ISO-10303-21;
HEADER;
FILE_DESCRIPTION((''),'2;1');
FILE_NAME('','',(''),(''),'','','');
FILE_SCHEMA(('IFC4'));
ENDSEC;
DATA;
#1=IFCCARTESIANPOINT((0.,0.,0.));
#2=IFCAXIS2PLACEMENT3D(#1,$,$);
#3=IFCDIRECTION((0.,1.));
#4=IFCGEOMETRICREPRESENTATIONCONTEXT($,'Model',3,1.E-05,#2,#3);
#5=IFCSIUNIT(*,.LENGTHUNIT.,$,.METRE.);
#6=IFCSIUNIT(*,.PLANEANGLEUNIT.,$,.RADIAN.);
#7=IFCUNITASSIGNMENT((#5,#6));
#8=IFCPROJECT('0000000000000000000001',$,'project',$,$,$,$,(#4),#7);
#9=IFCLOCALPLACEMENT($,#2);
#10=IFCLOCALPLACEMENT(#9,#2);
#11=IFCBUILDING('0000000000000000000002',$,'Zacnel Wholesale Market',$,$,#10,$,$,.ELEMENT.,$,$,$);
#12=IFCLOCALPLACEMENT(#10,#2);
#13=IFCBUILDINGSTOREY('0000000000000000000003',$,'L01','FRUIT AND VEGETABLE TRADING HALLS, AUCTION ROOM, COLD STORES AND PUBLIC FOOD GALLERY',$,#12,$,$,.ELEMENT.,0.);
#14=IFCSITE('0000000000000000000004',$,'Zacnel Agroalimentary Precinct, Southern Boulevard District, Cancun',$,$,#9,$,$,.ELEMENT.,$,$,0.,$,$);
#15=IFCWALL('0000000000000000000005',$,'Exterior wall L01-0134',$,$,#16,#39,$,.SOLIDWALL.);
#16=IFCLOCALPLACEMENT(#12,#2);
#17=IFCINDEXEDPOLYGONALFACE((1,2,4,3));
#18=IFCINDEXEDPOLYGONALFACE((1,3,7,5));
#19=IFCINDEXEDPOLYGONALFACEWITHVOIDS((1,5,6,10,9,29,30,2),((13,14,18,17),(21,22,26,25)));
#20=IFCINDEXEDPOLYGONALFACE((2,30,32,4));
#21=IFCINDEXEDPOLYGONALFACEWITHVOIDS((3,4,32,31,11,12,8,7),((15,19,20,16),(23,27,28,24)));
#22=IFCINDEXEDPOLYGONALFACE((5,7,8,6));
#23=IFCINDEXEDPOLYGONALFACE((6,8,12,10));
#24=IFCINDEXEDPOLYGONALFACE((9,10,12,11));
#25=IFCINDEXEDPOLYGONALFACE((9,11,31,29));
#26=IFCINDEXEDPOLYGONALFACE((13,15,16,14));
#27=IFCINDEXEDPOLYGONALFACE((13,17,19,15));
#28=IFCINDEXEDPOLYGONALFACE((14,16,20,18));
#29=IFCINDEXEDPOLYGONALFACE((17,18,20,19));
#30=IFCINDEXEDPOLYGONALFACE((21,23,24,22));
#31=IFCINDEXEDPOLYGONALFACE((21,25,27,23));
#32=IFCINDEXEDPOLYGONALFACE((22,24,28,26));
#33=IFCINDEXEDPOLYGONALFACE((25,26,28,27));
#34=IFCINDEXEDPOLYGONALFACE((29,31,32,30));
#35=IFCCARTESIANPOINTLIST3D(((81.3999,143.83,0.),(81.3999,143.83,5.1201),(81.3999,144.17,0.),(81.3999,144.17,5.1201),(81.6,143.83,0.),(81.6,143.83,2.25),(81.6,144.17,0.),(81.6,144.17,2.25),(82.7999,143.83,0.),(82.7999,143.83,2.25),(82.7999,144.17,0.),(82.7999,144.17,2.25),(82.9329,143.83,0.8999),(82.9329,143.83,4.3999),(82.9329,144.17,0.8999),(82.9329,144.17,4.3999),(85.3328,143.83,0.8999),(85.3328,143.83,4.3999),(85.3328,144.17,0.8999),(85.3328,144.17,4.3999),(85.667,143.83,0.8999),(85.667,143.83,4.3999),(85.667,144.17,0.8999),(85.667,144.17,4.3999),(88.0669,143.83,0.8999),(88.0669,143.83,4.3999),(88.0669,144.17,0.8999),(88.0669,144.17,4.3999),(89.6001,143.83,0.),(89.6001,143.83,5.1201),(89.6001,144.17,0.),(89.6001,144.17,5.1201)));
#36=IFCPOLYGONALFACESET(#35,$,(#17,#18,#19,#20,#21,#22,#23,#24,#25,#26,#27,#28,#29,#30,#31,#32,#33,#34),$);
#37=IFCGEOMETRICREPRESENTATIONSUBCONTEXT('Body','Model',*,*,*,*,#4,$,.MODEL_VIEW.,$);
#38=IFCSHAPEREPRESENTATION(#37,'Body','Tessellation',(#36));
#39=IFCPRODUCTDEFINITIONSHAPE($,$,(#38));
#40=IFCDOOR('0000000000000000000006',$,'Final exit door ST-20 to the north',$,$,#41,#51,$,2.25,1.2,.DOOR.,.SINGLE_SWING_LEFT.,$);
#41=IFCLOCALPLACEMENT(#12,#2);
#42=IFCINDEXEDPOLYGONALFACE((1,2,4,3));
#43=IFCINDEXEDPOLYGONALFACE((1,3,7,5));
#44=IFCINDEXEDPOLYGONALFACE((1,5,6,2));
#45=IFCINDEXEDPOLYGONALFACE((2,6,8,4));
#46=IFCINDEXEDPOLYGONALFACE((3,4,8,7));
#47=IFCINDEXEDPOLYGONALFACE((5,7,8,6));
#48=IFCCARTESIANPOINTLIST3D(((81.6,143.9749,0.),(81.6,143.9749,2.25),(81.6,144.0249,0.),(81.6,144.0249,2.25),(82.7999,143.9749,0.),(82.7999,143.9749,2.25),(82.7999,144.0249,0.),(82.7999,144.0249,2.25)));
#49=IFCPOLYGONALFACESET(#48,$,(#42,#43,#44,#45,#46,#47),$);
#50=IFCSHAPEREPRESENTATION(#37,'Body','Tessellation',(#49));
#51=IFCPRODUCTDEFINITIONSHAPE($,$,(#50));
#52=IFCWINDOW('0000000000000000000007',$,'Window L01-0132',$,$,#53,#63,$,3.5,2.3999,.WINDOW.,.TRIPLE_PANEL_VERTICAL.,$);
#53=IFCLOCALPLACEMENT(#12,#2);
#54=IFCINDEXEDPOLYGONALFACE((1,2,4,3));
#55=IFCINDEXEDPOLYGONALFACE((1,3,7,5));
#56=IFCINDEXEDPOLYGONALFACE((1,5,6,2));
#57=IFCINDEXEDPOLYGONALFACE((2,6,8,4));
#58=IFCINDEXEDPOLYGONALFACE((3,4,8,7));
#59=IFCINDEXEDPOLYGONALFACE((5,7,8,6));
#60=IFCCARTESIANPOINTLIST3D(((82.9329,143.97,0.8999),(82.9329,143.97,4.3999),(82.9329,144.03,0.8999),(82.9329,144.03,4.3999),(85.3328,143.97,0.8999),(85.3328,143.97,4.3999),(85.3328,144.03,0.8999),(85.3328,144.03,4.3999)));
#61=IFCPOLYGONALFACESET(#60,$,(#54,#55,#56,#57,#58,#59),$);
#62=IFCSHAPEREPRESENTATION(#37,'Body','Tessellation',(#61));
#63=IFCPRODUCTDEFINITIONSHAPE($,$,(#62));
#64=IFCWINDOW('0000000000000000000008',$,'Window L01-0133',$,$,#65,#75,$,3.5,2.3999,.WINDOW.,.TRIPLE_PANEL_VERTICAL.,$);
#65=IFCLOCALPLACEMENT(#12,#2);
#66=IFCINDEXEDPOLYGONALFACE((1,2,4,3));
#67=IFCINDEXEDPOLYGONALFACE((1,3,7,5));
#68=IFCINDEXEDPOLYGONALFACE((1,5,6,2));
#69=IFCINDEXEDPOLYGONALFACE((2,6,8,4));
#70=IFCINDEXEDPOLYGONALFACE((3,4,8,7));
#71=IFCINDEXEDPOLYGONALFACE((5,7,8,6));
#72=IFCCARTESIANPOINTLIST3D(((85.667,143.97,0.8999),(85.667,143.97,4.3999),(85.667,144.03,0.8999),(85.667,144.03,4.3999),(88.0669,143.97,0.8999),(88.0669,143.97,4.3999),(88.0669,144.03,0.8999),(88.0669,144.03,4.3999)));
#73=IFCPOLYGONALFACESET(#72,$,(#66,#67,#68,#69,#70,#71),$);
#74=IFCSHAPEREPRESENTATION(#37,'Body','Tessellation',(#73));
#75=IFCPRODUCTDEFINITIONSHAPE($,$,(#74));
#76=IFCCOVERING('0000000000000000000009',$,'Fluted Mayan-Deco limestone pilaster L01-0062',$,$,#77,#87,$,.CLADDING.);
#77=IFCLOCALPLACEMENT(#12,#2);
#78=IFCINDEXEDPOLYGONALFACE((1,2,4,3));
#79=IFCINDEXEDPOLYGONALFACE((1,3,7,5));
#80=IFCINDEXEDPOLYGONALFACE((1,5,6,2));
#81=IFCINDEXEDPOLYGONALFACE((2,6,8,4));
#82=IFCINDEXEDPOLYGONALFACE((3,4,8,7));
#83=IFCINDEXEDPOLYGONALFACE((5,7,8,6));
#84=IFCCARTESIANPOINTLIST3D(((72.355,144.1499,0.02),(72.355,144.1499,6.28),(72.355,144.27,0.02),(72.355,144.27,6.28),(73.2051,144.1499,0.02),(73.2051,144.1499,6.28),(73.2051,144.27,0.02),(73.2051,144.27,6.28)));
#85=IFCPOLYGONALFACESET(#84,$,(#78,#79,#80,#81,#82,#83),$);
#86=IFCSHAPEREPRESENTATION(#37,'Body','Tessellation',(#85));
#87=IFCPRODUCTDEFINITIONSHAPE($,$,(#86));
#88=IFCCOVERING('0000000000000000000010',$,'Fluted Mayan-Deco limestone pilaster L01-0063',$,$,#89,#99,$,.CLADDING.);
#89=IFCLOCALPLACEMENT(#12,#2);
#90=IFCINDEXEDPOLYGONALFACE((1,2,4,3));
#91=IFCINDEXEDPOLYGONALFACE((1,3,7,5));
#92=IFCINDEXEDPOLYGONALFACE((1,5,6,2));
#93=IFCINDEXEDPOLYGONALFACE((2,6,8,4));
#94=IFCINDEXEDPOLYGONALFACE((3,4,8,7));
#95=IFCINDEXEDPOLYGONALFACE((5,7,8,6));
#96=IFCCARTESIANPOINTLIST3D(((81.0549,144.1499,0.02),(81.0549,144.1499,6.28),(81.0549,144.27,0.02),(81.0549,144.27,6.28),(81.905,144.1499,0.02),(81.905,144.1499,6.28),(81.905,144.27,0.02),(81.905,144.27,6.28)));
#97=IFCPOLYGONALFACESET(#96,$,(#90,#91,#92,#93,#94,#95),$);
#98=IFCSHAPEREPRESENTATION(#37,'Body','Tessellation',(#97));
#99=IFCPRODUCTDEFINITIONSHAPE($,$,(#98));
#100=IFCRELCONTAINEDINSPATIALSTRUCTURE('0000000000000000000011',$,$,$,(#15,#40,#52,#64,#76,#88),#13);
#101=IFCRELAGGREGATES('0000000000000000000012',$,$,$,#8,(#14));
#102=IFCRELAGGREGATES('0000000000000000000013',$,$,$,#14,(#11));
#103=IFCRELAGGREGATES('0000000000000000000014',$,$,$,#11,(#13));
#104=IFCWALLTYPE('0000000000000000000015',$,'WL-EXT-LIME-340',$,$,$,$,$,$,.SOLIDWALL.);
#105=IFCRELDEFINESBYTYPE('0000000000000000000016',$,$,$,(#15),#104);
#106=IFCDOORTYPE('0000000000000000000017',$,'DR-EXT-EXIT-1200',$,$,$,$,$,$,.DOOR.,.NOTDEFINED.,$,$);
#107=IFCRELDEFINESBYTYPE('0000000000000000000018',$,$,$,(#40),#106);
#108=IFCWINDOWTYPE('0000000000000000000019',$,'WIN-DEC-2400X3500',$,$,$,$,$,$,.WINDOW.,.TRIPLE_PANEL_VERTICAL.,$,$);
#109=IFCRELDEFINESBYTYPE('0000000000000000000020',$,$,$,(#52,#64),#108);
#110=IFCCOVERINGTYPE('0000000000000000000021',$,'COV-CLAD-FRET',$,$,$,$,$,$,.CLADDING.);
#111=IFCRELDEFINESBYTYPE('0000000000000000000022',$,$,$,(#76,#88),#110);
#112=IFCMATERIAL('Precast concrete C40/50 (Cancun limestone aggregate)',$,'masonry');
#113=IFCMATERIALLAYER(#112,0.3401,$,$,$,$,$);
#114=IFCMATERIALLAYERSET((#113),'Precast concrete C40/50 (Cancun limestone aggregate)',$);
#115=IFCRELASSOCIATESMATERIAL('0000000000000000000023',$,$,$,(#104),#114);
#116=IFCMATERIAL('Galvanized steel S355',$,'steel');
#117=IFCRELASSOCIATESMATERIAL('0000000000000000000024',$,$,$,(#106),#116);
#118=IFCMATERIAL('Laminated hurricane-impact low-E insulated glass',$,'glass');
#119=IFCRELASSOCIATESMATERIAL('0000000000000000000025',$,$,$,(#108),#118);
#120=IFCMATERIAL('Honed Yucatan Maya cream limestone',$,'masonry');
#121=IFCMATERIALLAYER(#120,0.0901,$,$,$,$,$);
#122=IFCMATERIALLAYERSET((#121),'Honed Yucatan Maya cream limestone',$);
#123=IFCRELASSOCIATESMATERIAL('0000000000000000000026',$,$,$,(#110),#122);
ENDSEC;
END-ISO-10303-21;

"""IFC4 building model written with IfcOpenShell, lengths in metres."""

from ifc_helpers import new_model, si_unit, direction, frame, frame_2d, origin, origin_2d, place, context, subcontext, project, spatial, rectangle, extrude, material, layer, layer_set, type_object, element, fill, save


model = new_model("IFC4")

# Units and contexts
model_context = context("Model", 3, precision=1e-05, world=origin(), true_north=direction((0.0, 1.0)))
body_context = subcontext(model_context, "Body", "Model", "MODEL_VIEW")
ifc_project = project(units=[si_unit("LENGTHUNIT", "METRE"), si_unit("PLANEANGLEUNIT", "RADIAN")], contexts=[model_context])

# Site, building, storey
site_placement = place(None, origin())
site = spatial("IfcSite", under=ifc_project, at=site_placement, Name="Zacnel Agroalimentary Precinct, Southern Boulevard District, Cancun", CompositionType="ELEMENT", RefElevation=0.0)
building_placement = place(site_placement, origin())
building = spatial("IfcBuilding", under=site, at=building_placement, Name="Zacnel Wholesale Market", CompositionType="ELEMENT")
storey_placement = place(building_placement, origin())
storey = spatial("IfcBuildingStorey", under=building, at=storey_placement, Name="L01", Description="FRUIT AND VEGETABLE TRADING HALLS, AUCTION ROOM, COLD STORES AND PUBLIC FOOD GALLERY", CompositionType="ELEMENT", Elevation=0.0)

# Shared definitions
ifc_material_1 = material(Name="Precast concrete C40/50 (Cancun limestone aggregate)", Category="masonry")
ifc_layer_1 = layer(ifc_material_1, 0.3401)
ifc_layer_set_1 = layer_set([ifc_layer_1], Name="Precast concrete C40/50 (Cancun limestone aggregate)")
wall_type = type_object("IfcWallType", Name="WL-EXT-LIME-340", PredefinedType="SOLIDWALL", material=ifc_layer_set_1)

# Wall, openings, door, windows
wall_1_placement = place(storey_placement, frame((81.3999, 144.0, 0.0), z_axis=(0.0, 0.0, 1.0), x_axis=(1.0, 0.0, 0.0)))
wall_1 = element("IfcWall", 1, at=wall_1_placement, inside=storey, type_object=wall_type, Name="Exterior wall L01-0134", PredefinedType="SOLIDWALL", context=body_context, shape_type="SweptSolid", body=[
    extrude(rectangle(XDim=8.2002, YDim=0.3401, at=frame_2d((4.1001, 0.0))), origin(), (0.0, 0.0, 1.0), 5.1201),
])
opening_1_placement = place(wall_1_placement, frame((1.533, 0.0, 0.8999)))
opening_1 = element("IfcOpeningElement", 2, at=opening_1_placement, cuts=wall_1, PredefinedType="OPENING", context=body_context, shape_type="SweptSolid", body=[
    extrude(rectangle(XDim=2.3999, YDim=3.5, at=frame_2d((1.2, 1.75))), frame((0.0, 0.1799, 0.0), z_axis=(0.0, -1.0, 0.0), x_axis=(1.0, 0.0, 0.0)), (0.0, 0.0, 1.0), 0.3601),
])
opening_2_placement = place(wall_1_placement, frame((4.2671, 0.0, 0.8999)))
opening_2 = element("IfcOpeningElement", 3, at=opening_2_placement, cuts=wall_1, PredefinedType="OPENING", context=body_context, shape_type="SweptSolid", body=[
    extrude(rectangle(XDim=2.3999, YDim=3.5, at=frame_2d((1.2, 1.75))), frame((0.0, 0.1799, 0.0), z_axis=(0.0, -1.0, 0.0), x_axis=(1.0, 0.0, 0.0)), (0.0, 0.0, 1.0), 0.3601),
])
opening_3_placement = place(wall_1_placement, frame((0.2, 0.0, 0.0)))
opening_3 = element("IfcOpeningElement", 4, at=opening_3_placement, cuts=wall_1, PredefinedType="OPENING", context=body_context, shape_type="SweptSolid", body=[
    extrude(rectangle(XDim=1.2, YDim=2.25, at=frame_2d((0.6001, 1.125))), frame((0.0, 0.1799, 0.0), z_axis=(0.0, -1.0, 0.0), x_axis=(1.0, 0.0, 0.0)), (0.0, 0.0, 1.0), 0.3601),
])
ifc_material_2 = material(Name="Galvanized steel S355", Category="steel")
door_type_1 = type_object("IfcDoorType", Name="DR-EXT-EXIT-1200", OperationType="NOTDEFINED", PredefinedType="DOOR", material=ifc_material_2)
door_1_placement = place(opening_3_placement, origin())
door_1 = element("IfcDoor", 5, at=door_1_placement, inside=storey, type_object=door_type_1, Name="Final exit door ST-20 to the north", OperationType="SINGLE_SWING_LEFT", OverallHeight=2.25, OverallWidth=1.2, PredefinedType="DOOR", context=body_context, shape_type="SweptSolid", body=[
    extrude(rectangle(XDim=1.2, YDim=2.25, at=frame_2d((0.6001, 1.125))), frame((0.0, 0.0249, 0.0), z_axis=(0.0, -1.0, 0.0), x_axis=(1.0, 0.0, 0.0)), (0.0, 0.0, 1.0), 0.05),
])
fill(opening_3, door_1)
ifc_material_3 = material(Name="Laminated hurricane-impact low-E insulated glass", Category="glass")
window_type = type_object("IfcWindowType", Name="WIN-DEC-2400X3500", PartitioningType="TRIPLE_PANEL_VERTICAL", PredefinedType="WINDOW", material=ifc_material_3)
window_1_placement = place(opening_1_placement, origin())
window_1 = element("IfcWindow", 6, at=window_1_placement, inside=storey, type_object=window_type, Name="Window L01-0132", OverallHeight=3.5, OverallWidth=2.3999, PartitioningType="TRIPLE_PANEL_VERTICAL", PredefinedType="WINDOW", context=body_context, shape_type="SweptSolid", body=[
    extrude(rectangle(XDim=2.3999, YDim=3.5, at=frame_2d((1.2, 1.75))), frame((0.0, 0.03, 0.0), z_axis=(0.0, -1.0, 0.0), x_axis=(1.0, 0.0, 0.0)), (0.0, 0.0, 1.0), 0.0601),
])
fill(opening_1, window_1)
window_2_placement = place(opening_2_placement, origin())
window_2 = element("IfcWindow", 7, at=window_2_placement, inside=storey, type_object=window_type, Name="Window L01-0133", OverallHeight=3.5, OverallWidth=2.3999, PartitioningType="TRIPLE_PANEL_VERTICAL", PredefinedType="WINDOW", context=body_context, shape_type="SweptSolid", body=[
    extrude(rectangle(XDim=2.3999, YDim=3.5, at=frame_2d((1.2, 1.75))), frame((0.0, 0.03, 0.0), z_axis=(0.0, -1.0, 0.0), x_axis=(1.0, 0.0, 0.0)), (0.0, 0.0, 1.0), 0.0601),
])
fill(opening_2, window_2)

# Coverings
ifc_material_4 = material(Name="Honed Yucatan Maya cream limestone", Category="masonry")
ifc_layer_2 = layer(ifc_material_4, 0.0901)
ifc_layer_set_2 = layer_set([ifc_layer_2], Name="Honed Yucatan Maya cream limestone")
covering_type = type_object("IfcCoveringType", Name="COV-CLAD-FRET", PredefinedType="CLADDING", material=ifc_layer_set_2)
for number, where, z_axis, x_axis, name in (
    (8, (72.78, 144.21, 0.02), (0.0, 0.0, 1.0), (1.0, 0.0, 0.0), "Fluted Mayan-Deco limestone pilaster L01-0062"),
    (9, (81.48, 144.21, 0.02), (0.0, 0.0, 1.0), (1.0, 0.0, 0.0), "Fluted Mayan-Deco limestone pilaster L01-0063"),
):
    element("IfcCovering", number, at=place(storey_placement, frame(where, z_axis=z_axis, x_axis=x_axis)), inside=storey, type_object=covering_type, Name=name, PredefinedType="CLADDING", context=body_context, shape_type="SweptSolid", body=[
        extrude(rectangle(XDim=0.8501, YDim=0.1201, at=origin_2d()), origin(), (0.0, 0.0, 1.0), 6.26),
    ])

save(model, "model.ifc")
